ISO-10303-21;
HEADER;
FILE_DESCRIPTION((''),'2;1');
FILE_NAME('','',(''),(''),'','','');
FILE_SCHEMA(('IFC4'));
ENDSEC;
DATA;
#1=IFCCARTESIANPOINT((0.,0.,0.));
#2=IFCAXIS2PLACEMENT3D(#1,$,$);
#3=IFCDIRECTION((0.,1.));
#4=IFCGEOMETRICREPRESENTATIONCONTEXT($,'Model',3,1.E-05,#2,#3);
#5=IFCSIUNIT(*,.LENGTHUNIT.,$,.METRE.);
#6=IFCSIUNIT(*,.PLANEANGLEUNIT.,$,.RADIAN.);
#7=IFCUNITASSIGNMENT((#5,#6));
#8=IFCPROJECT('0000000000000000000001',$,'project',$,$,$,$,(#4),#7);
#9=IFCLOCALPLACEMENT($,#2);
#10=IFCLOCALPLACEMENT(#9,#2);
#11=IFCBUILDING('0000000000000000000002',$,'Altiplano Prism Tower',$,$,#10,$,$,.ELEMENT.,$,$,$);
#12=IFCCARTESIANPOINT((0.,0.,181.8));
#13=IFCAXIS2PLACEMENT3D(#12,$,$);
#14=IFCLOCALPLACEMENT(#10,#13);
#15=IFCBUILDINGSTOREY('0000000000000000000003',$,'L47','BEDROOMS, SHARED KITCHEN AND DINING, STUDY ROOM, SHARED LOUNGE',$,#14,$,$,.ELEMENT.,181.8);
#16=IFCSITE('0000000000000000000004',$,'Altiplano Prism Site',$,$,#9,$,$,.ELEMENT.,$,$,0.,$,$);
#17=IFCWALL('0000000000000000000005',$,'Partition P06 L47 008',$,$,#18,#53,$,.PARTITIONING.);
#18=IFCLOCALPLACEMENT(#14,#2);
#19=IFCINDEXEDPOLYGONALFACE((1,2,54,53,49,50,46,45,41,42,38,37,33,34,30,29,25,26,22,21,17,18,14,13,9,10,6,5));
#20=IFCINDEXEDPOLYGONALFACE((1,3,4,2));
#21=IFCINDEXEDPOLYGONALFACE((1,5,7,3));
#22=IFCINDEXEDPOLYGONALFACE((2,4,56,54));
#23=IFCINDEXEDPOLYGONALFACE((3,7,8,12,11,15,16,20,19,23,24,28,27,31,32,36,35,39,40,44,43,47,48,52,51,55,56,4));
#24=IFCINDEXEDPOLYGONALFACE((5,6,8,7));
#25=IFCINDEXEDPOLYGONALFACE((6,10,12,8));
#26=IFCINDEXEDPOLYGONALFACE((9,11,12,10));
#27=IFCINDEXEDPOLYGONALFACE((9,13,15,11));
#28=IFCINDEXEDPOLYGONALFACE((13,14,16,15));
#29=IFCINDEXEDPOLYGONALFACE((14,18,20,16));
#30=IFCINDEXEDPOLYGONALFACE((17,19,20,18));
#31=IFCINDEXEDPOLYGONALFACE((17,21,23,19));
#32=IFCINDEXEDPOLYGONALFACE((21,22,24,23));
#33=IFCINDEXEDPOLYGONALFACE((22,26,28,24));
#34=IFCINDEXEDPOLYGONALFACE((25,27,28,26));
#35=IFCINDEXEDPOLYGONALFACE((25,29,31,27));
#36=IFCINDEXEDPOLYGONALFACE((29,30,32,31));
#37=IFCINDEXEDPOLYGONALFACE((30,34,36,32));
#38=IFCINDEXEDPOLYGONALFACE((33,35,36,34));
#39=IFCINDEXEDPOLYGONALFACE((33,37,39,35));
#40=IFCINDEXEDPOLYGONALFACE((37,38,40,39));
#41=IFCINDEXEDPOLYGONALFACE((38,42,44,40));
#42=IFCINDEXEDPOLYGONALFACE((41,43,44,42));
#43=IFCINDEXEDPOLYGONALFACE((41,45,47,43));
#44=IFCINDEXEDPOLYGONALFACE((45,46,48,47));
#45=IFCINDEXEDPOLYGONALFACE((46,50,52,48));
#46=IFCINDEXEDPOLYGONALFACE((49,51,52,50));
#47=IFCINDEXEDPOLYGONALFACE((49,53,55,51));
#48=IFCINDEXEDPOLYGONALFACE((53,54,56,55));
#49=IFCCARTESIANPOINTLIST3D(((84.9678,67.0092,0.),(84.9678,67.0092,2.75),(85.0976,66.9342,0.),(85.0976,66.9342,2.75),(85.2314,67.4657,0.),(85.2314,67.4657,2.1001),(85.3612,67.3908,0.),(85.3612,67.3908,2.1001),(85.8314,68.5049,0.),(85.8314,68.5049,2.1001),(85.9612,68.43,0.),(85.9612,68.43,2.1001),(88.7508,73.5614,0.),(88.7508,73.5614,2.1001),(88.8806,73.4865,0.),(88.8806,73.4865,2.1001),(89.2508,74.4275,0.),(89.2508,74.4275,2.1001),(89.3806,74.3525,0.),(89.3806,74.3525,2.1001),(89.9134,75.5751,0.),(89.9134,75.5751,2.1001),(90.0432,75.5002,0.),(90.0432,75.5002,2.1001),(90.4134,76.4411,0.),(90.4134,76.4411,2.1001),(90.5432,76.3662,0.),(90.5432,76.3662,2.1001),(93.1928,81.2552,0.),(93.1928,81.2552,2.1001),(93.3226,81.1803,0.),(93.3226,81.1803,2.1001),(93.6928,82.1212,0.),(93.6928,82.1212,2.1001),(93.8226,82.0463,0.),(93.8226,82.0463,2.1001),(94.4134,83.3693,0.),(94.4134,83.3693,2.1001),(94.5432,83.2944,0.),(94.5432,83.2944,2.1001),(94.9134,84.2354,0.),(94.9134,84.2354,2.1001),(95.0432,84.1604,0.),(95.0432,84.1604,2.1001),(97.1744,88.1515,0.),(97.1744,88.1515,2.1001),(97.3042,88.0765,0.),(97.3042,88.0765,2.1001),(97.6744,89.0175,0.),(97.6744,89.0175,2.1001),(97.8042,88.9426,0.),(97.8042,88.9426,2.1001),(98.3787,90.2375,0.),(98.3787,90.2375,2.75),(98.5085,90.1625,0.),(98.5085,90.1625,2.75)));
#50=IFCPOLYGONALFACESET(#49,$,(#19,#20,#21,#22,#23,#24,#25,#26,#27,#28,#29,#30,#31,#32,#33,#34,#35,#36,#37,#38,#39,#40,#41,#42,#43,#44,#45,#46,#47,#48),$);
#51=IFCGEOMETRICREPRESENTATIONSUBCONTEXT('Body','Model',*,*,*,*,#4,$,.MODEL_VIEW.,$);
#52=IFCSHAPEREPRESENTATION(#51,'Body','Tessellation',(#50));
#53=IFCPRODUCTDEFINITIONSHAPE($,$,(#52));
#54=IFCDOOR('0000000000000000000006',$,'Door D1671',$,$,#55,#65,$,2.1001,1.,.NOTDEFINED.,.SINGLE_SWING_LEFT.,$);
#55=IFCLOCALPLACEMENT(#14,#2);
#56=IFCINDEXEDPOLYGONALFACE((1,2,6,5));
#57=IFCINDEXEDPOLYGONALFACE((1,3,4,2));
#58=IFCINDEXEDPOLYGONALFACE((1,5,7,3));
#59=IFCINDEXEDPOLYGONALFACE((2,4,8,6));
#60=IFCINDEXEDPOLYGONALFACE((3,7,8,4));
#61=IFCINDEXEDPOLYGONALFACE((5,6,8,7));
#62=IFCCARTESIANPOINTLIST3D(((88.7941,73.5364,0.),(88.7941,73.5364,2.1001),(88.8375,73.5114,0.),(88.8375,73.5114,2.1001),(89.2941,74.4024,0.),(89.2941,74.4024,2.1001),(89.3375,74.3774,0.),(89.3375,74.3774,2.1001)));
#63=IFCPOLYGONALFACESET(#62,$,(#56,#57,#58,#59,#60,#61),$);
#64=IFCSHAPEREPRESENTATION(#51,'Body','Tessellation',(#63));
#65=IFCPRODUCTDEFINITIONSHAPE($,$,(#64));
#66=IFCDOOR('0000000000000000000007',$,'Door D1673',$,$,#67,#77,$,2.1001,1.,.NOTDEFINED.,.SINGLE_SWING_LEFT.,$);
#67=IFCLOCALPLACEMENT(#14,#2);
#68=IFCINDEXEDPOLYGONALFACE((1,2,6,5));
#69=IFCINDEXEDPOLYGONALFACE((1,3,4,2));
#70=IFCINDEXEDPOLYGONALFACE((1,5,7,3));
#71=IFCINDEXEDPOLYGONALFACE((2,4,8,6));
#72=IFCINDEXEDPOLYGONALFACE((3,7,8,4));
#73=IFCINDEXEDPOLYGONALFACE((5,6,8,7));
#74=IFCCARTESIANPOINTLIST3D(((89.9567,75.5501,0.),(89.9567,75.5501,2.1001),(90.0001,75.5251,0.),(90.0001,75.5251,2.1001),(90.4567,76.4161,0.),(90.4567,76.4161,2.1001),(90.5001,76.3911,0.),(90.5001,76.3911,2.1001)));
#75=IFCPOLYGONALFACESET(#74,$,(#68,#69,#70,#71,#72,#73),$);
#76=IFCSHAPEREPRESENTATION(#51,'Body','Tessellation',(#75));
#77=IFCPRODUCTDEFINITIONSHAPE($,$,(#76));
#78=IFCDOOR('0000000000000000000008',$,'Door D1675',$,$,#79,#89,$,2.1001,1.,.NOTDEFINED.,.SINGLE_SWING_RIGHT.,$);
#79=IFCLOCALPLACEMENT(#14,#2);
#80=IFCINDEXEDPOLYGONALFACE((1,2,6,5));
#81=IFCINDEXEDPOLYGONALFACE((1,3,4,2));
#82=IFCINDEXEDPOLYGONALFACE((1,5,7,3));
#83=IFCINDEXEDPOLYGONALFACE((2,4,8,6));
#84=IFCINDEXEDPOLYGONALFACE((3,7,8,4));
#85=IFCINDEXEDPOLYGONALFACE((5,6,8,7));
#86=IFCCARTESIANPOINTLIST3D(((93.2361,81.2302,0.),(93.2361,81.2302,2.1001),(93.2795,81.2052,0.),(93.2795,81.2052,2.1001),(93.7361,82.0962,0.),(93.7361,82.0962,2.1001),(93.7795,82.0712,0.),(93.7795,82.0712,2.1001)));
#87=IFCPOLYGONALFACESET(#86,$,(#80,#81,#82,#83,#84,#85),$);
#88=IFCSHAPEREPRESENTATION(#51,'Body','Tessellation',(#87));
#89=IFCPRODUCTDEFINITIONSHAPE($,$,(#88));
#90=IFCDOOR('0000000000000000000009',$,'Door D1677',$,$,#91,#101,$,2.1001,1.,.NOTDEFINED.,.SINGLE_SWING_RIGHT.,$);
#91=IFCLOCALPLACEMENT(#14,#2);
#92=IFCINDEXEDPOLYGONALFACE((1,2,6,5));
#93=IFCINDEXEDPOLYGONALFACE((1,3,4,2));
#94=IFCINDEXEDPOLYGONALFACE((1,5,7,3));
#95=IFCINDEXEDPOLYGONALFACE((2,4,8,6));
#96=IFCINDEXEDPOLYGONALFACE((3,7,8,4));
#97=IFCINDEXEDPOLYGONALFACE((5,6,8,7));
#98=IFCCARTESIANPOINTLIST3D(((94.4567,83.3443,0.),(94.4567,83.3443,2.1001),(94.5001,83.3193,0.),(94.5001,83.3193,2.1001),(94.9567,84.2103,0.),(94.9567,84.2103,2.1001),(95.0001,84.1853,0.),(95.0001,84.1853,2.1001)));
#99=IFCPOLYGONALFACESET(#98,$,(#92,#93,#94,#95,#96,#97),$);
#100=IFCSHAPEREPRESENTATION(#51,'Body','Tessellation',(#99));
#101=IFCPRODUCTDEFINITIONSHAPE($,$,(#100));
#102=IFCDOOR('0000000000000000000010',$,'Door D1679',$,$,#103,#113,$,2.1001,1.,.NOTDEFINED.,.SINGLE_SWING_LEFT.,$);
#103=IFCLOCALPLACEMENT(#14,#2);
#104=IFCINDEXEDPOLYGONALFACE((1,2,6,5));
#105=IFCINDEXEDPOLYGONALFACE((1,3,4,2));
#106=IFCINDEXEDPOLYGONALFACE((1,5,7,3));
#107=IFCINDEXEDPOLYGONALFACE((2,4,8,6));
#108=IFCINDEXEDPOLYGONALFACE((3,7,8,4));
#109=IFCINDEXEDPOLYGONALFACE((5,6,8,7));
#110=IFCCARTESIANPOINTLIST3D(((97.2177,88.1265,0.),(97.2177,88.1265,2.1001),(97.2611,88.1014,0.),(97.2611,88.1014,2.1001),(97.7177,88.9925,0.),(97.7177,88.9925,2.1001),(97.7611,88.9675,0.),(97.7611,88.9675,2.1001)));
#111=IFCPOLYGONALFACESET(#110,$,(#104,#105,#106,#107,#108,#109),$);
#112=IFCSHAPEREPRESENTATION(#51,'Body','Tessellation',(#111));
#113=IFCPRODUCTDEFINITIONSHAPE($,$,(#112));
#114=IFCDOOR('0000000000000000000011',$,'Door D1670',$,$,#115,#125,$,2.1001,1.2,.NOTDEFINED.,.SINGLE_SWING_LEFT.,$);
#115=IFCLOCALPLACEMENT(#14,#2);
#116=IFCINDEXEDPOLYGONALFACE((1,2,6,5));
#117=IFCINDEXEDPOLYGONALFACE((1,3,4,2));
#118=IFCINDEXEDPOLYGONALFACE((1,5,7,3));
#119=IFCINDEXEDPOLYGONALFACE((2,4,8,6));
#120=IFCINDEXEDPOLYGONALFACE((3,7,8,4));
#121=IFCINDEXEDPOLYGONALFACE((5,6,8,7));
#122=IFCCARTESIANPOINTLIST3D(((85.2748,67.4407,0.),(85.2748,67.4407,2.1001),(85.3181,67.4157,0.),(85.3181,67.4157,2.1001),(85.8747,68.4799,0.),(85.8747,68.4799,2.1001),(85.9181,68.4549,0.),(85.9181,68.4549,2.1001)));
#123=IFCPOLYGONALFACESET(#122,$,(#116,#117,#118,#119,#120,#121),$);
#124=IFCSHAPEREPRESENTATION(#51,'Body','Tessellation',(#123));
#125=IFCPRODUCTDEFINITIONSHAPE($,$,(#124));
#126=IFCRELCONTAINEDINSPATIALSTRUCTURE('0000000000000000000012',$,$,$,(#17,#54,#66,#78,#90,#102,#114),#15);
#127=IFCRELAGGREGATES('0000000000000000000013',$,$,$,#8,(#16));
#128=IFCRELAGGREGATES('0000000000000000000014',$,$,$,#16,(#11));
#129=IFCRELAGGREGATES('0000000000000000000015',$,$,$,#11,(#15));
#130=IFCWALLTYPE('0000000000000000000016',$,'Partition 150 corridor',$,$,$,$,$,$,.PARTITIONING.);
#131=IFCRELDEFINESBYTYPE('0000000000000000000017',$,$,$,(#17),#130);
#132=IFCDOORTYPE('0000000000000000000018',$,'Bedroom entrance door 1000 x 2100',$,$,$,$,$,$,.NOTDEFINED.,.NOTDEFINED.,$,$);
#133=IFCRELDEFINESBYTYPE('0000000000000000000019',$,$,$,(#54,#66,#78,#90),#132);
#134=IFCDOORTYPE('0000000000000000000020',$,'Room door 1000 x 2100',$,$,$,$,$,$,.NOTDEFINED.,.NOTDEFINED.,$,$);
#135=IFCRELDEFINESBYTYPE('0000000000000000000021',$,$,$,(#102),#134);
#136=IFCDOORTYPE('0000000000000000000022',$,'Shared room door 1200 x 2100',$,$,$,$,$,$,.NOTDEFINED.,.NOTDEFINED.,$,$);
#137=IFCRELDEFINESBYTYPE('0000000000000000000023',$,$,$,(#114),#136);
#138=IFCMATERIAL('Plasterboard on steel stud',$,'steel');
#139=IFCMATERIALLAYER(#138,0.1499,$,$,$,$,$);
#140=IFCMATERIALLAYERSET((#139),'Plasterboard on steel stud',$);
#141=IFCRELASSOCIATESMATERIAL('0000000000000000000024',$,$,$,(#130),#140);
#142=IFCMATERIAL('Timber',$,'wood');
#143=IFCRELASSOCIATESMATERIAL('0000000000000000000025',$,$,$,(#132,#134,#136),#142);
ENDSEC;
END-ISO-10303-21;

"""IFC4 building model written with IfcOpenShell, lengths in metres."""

from ifc_helpers import new_model, si_unit, direction, frame, frame_2d, origin, place, context, subcontext, project, spatial, rectangle, extrude, material, layer, layer_set, type_object, element, fill, save


model = new_model("IFC4")

# Units and contexts
model_context = context("Model", 3, precision=1e-05, world=origin(), true_north=direction((0.0, 1.0)))
body_context = subcontext(model_context, "Body", "Model", "MODEL_VIEW")
ifc_project = project(units=[si_unit("LENGTHUNIT", "METRE"), si_unit("PLANEANGLEUNIT", "RADIAN")], contexts=[model_context])

# Site, building, storey
site_placement = place(None, origin())
site = spatial("IfcSite", under=ifc_project, at=site_placement, Name="Altiplano Prism Site", CompositionType="ELEMENT", RefElevation=0.0)
building_placement = place(site_placement, origin())
building = spatial("IfcBuilding", under=site, at=building_placement, Name="Altiplano Prism Tower", CompositionType="ELEMENT")
storey_placement = place(building_placement, frame((0.0, 0.0, 181.8)))
storey = spatial("IfcBuildingStorey", under=building, at=storey_placement, Name="L47", Description="BEDROOMS, SHARED KITCHEN AND DINING, STUDY ROOM, SHARED LOUNGE", CompositionType="ELEMENT", Elevation=181.8)

# Shared definitions
ifc_material_1 = material(Name="Plasterboard on steel stud", Category="steel")
ifc_material_2 = material(Name="Timber", Category="wood")

# Wall, openings, doors
ifc_layer_1 = layer(ifc_material_1, 0.1499)
ifc_layer_set_1 = layer_set([ifc_layer_1], Name="Plasterboard on steel stud")
wall_type_1 = type_object("IfcWallType", Name="Partition 150 corridor", PredefinedType="PARTITIONING", material=ifc_layer_set_1)
wall_1_placement = place(storey_placement, frame((85.0327, 66.9717, 0.0), z_axis=(0.0, 0.0, 1.0), x_axis=(0.500001, 0.866025, 0.0)))
wall_1 = element("IfcWall", 1, at=wall_1_placement, inside=storey, type_object=wall_type_1, Name="Partition P06 L47 008", PredefinedType="PARTITIONING", context=body_context, shape_type="SweptSolid", body=[
    extrude(rectangle(XDim=26.8218, YDim=0.1499, at=frame_2d((13.4109, 0.0))), origin(), (0.0, 0.0, 1.0), 2.75),
])
opening_1_placement = place(wall_1_placement, frame((0.5271, 0.0, 0.0)))
opening_1 = element("IfcOpeningElement", 2, at=opening_1_placement, cuts=wall_1, PredefinedType="OPENING", context=body_context, shape_type="SweptSolid", body=[
    extrude(rectangle(XDim=1.2, YDim=2.1001, at=frame_2d((0.6001, 1.05))), frame((0.0, 0.0854, 0.0), z_axis=(0.0, -1.0, 0.0), x_axis=(1.0, 0.0, 0.0)), (0.0, 0.0, 1.0), 0.1709),
])
opening_2_placement = place(wall_1_placement, frame((7.5659, 0.0, 0.0)))
opening_2 = element("IfcOpeningElement", 3, at=opening_2_placement, cuts=wall_1, PredefinedType="OPENING", context=body_context, shape_type="SweptSolid", body=[
    extrude(rectangle(XDim=1.0, YDim=2.1001, at=frame_2d((0.5, 1.05))), frame((0.0, 0.0854, 0.0), z_axis=(0.0, -1.0, 0.0), x_axis=(1.0, 0.0, 0.0)), (0.0, 0.0, 1.0), 0.1709),
])
opening_3_placement = place(wall_1_placement, frame((9.8911, 0.0, 0.0)))
opening_3 = element("IfcOpeningElement", 4, at=opening_3_placement, cuts=wall_1, PredefinedType="OPENING", context=body_context, shape_type="SweptSolid", body=[
    extrude(rectangle(XDim=1.0, YDim=2.1001, at=frame_2d((0.5, 1.05))), frame((0.0, 0.0854, 0.0), z_axis=(0.0, -1.0, 0.0), x_axis=(1.0, 0.0, 0.0)), (0.0, 0.0, 1.0), 0.1709),
])
opening_4_placement = place(wall_1_placement, frame((16.45, 0.0, 0.0)))
opening_4 = element("IfcOpeningElement", 5, at=opening_4_placement, cuts=wall_1, PredefinedType="OPENING", context=body_context, shape_type="SweptSolid", body=[
    extrude(rectangle(XDim=1.0, YDim=2.1001, at=frame_2d((0.5, 1.05))), frame((0.0, 0.0854, 0.0), z_axis=(0.0, -1.0, 0.0), x_axis=(1.0, 0.0, 0.0)), (0.0, 0.0, 1.0), 0.1709),
])
opening_5_placement = place(wall_1_placement, frame((18.8911, 0.0, 0.0)))
opening_5 = element("IfcOpeningElement", 6, at=opening_5_placement, cuts=wall_1, PredefinedType="OPENING", context=body_context, shape_type="SweptSolid", body=[
    extrude(rectangle(XDim=1.0, YDim=2.1001, at=frame_2d((0.5, 1.05))), frame((0.0, 0.0854, 0.0), z_axis=(0.0, -1.0, 0.0), x_axis=(1.0, 0.0, 0.0)), (0.0, 0.0, 1.0), 0.1709),
])
opening_6_placement = place(wall_1_placement, frame((24.4131, 0.0, 0.0)))
opening_6 = element("IfcOpeningElement", 7, at=opening_6_placement, cuts=wall_1, PredefinedType="OPENING", context=body_context, shape_type="SweptSolid", body=[
    extrude(rectangle(XDim=1.0, YDim=2.1001, at=frame_2d((0.5, 1.05))), frame((0.0, 0.0854, 0.0), z_axis=(0.0, -1.0, 0.0), x_axis=(1.0, 0.0, 0.0)), (0.0, 0.0, 1.0), 0.1709),
])
door_type_1 = type_object("IfcDoorType", Name="Bedroom entrance door 1000 x 2100", OperationType="NOTDEFINED", PredefinedType="NOTDEFINED", material=ifc_material_2)
door_1_placement = place(opening_2_placement, origin())
door_1 = element("IfcDoor", 8, at=door_1_placement, inside=storey, type_object=door_type_1, Name="Door D1671", OperationType="SINGLE_SWING_LEFT", OverallHeight=2.1001, OverallWidth=1.0, PredefinedType="NOTDEFINED", context=body_context, shape_type="SweptSolid", body=[
    extrude(rectangle(XDim=1.0, YDim=2.1001, at=frame_2d((0.5, 1.05))), frame((0.0, 0.0249, 0.0), z_axis=(0.0, -1.0, 0.0), x_axis=(1.0, 0.0, 0.0)), (0.0, 0.0, 1.0), 0.05),
])
fill(opening_2, door_1)
door_2_placement = place(opening_3_placement, origin())
door_2 = element("IfcDoor", 9, at=door_2_placement, inside=storey, type_object=door_type_1, Name="Door D1673", OperationType="SINGLE_SWING_LEFT", OverallHeight=2.1001, OverallWidth=1.0, PredefinedType="NOTDEFINED", context=body_context, shape_type="SweptSolid", body=[
    extrude(rectangle(XDim=1.0, YDim=2.1001, at=frame_2d((0.5, 1.05))), frame((0.0, 0.0249, 0.0), z_axis=(0.0, -1.0, 0.0), x_axis=(1.0, 0.0, 0.0)), (0.0, 0.0, 1.0), 0.05),
])
fill(opening_3, door_2)
door_3_placement = place(opening_4_placement, origin())
door_3 = element("IfcDoor", 10, at=door_3_placement, inside=storey, type_object=door_type_1, Name="Door D1675", OperationType="SINGLE_SWING_RIGHT", OverallHeight=2.1001, OverallWidth=1.0, PredefinedType="NOTDEFINED", context=body_context, shape_type="SweptSolid", body=[
    extrude(rectangle(XDim=1.0, YDim=2.1001, at=frame_2d((0.5, 1.05))), frame((0.0, 0.0249, 0.0), z_axis=(0.0, -1.0, 0.0), x_axis=(1.0, 0.0, 0.0)), (0.0, 0.0, 1.0), 0.05),
])
fill(opening_4, door_3)
door_4_placement = place(opening_5_placement, origin())
door_4 = element("IfcDoor", 11, at=door_4_placement, inside=storey, type_object=door_type_1, Name="Door D1677", OperationType="SINGLE_SWING_RIGHT", OverallHeight=2.1001, OverallWidth=1.0, PredefinedType="NOTDEFINED", context=body_context, shape_type="SweptSolid", body=[
    extrude(rectangle(XDim=1.0, YDim=2.1001, at=frame_2d((0.5, 1.05))), frame((0.0, 0.0249, 0.0), z_axis=(0.0, -1.0, 0.0), x_axis=(1.0, 0.0, 0.0)), (0.0, 0.0, 1.0), 0.05),
])
fill(opening_5, door_4)
door_type_2 = type_object("IfcDoorType", Name="Room door 1000 x 2100", OperationType="NOTDEFINED", PredefinedType="NOTDEFINED", material=ifc_material_2)
door_5_placement = place(opening_6_placement, origin())
door_5 = element("IfcDoor", 12, at=door_5_placement, inside=storey, type_object=door_type_2, Name="Door D1679", OperationType="SINGLE_SWING_LEFT", OverallHeight=2.1001, OverallWidth=1.0, PredefinedType="NOTDEFINED", context=body_context, shape_type="SweptSolid", body=[
    extrude(rectangle(XDim=1.0, YDim=2.1001, at=frame_2d((0.5, 1.05))), frame((0.0, 0.0249, 0.0), z_axis=(0.0, -1.0, 0.0), x_axis=(1.0, 0.0, 0.0)), (0.0, 0.0, 1.0), 0.05),
])
fill(opening_6, door_5)
door_type_3 = type_object("IfcDoorType", Name="Shared room door 1200 x 2100", OperationType="NOTDEFINED", PredefinedType="NOTDEFINED", material=ifc_material_2)
door_6_placement = place(opening_1_placement, origin())
door_6 = element("IfcDoor", 13, at=door_6_placement, inside=storey, type_object=door_type_3, Name="Door D1670", OperationType="SINGLE_SWING_LEFT", OverallHeight=2.1001, OverallWidth=1.2, PredefinedType="NOTDEFINED", context=body_context, shape_type="SweptSolid", body=[
    extrude(rectangle(XDim=1.2, YDim=2.1001, at=frame_2d((0.6001, 1.05))), frame((0.0, 0.0249, 0.0), z_axis=(0.0, -1.0, 0.0), x_axis=(1.0, 0.0, 0.0)), (0.0, 0.0, 1.0), 0.05),
])
fill(opening_1, door_6)

save(model, "model.ifc")
